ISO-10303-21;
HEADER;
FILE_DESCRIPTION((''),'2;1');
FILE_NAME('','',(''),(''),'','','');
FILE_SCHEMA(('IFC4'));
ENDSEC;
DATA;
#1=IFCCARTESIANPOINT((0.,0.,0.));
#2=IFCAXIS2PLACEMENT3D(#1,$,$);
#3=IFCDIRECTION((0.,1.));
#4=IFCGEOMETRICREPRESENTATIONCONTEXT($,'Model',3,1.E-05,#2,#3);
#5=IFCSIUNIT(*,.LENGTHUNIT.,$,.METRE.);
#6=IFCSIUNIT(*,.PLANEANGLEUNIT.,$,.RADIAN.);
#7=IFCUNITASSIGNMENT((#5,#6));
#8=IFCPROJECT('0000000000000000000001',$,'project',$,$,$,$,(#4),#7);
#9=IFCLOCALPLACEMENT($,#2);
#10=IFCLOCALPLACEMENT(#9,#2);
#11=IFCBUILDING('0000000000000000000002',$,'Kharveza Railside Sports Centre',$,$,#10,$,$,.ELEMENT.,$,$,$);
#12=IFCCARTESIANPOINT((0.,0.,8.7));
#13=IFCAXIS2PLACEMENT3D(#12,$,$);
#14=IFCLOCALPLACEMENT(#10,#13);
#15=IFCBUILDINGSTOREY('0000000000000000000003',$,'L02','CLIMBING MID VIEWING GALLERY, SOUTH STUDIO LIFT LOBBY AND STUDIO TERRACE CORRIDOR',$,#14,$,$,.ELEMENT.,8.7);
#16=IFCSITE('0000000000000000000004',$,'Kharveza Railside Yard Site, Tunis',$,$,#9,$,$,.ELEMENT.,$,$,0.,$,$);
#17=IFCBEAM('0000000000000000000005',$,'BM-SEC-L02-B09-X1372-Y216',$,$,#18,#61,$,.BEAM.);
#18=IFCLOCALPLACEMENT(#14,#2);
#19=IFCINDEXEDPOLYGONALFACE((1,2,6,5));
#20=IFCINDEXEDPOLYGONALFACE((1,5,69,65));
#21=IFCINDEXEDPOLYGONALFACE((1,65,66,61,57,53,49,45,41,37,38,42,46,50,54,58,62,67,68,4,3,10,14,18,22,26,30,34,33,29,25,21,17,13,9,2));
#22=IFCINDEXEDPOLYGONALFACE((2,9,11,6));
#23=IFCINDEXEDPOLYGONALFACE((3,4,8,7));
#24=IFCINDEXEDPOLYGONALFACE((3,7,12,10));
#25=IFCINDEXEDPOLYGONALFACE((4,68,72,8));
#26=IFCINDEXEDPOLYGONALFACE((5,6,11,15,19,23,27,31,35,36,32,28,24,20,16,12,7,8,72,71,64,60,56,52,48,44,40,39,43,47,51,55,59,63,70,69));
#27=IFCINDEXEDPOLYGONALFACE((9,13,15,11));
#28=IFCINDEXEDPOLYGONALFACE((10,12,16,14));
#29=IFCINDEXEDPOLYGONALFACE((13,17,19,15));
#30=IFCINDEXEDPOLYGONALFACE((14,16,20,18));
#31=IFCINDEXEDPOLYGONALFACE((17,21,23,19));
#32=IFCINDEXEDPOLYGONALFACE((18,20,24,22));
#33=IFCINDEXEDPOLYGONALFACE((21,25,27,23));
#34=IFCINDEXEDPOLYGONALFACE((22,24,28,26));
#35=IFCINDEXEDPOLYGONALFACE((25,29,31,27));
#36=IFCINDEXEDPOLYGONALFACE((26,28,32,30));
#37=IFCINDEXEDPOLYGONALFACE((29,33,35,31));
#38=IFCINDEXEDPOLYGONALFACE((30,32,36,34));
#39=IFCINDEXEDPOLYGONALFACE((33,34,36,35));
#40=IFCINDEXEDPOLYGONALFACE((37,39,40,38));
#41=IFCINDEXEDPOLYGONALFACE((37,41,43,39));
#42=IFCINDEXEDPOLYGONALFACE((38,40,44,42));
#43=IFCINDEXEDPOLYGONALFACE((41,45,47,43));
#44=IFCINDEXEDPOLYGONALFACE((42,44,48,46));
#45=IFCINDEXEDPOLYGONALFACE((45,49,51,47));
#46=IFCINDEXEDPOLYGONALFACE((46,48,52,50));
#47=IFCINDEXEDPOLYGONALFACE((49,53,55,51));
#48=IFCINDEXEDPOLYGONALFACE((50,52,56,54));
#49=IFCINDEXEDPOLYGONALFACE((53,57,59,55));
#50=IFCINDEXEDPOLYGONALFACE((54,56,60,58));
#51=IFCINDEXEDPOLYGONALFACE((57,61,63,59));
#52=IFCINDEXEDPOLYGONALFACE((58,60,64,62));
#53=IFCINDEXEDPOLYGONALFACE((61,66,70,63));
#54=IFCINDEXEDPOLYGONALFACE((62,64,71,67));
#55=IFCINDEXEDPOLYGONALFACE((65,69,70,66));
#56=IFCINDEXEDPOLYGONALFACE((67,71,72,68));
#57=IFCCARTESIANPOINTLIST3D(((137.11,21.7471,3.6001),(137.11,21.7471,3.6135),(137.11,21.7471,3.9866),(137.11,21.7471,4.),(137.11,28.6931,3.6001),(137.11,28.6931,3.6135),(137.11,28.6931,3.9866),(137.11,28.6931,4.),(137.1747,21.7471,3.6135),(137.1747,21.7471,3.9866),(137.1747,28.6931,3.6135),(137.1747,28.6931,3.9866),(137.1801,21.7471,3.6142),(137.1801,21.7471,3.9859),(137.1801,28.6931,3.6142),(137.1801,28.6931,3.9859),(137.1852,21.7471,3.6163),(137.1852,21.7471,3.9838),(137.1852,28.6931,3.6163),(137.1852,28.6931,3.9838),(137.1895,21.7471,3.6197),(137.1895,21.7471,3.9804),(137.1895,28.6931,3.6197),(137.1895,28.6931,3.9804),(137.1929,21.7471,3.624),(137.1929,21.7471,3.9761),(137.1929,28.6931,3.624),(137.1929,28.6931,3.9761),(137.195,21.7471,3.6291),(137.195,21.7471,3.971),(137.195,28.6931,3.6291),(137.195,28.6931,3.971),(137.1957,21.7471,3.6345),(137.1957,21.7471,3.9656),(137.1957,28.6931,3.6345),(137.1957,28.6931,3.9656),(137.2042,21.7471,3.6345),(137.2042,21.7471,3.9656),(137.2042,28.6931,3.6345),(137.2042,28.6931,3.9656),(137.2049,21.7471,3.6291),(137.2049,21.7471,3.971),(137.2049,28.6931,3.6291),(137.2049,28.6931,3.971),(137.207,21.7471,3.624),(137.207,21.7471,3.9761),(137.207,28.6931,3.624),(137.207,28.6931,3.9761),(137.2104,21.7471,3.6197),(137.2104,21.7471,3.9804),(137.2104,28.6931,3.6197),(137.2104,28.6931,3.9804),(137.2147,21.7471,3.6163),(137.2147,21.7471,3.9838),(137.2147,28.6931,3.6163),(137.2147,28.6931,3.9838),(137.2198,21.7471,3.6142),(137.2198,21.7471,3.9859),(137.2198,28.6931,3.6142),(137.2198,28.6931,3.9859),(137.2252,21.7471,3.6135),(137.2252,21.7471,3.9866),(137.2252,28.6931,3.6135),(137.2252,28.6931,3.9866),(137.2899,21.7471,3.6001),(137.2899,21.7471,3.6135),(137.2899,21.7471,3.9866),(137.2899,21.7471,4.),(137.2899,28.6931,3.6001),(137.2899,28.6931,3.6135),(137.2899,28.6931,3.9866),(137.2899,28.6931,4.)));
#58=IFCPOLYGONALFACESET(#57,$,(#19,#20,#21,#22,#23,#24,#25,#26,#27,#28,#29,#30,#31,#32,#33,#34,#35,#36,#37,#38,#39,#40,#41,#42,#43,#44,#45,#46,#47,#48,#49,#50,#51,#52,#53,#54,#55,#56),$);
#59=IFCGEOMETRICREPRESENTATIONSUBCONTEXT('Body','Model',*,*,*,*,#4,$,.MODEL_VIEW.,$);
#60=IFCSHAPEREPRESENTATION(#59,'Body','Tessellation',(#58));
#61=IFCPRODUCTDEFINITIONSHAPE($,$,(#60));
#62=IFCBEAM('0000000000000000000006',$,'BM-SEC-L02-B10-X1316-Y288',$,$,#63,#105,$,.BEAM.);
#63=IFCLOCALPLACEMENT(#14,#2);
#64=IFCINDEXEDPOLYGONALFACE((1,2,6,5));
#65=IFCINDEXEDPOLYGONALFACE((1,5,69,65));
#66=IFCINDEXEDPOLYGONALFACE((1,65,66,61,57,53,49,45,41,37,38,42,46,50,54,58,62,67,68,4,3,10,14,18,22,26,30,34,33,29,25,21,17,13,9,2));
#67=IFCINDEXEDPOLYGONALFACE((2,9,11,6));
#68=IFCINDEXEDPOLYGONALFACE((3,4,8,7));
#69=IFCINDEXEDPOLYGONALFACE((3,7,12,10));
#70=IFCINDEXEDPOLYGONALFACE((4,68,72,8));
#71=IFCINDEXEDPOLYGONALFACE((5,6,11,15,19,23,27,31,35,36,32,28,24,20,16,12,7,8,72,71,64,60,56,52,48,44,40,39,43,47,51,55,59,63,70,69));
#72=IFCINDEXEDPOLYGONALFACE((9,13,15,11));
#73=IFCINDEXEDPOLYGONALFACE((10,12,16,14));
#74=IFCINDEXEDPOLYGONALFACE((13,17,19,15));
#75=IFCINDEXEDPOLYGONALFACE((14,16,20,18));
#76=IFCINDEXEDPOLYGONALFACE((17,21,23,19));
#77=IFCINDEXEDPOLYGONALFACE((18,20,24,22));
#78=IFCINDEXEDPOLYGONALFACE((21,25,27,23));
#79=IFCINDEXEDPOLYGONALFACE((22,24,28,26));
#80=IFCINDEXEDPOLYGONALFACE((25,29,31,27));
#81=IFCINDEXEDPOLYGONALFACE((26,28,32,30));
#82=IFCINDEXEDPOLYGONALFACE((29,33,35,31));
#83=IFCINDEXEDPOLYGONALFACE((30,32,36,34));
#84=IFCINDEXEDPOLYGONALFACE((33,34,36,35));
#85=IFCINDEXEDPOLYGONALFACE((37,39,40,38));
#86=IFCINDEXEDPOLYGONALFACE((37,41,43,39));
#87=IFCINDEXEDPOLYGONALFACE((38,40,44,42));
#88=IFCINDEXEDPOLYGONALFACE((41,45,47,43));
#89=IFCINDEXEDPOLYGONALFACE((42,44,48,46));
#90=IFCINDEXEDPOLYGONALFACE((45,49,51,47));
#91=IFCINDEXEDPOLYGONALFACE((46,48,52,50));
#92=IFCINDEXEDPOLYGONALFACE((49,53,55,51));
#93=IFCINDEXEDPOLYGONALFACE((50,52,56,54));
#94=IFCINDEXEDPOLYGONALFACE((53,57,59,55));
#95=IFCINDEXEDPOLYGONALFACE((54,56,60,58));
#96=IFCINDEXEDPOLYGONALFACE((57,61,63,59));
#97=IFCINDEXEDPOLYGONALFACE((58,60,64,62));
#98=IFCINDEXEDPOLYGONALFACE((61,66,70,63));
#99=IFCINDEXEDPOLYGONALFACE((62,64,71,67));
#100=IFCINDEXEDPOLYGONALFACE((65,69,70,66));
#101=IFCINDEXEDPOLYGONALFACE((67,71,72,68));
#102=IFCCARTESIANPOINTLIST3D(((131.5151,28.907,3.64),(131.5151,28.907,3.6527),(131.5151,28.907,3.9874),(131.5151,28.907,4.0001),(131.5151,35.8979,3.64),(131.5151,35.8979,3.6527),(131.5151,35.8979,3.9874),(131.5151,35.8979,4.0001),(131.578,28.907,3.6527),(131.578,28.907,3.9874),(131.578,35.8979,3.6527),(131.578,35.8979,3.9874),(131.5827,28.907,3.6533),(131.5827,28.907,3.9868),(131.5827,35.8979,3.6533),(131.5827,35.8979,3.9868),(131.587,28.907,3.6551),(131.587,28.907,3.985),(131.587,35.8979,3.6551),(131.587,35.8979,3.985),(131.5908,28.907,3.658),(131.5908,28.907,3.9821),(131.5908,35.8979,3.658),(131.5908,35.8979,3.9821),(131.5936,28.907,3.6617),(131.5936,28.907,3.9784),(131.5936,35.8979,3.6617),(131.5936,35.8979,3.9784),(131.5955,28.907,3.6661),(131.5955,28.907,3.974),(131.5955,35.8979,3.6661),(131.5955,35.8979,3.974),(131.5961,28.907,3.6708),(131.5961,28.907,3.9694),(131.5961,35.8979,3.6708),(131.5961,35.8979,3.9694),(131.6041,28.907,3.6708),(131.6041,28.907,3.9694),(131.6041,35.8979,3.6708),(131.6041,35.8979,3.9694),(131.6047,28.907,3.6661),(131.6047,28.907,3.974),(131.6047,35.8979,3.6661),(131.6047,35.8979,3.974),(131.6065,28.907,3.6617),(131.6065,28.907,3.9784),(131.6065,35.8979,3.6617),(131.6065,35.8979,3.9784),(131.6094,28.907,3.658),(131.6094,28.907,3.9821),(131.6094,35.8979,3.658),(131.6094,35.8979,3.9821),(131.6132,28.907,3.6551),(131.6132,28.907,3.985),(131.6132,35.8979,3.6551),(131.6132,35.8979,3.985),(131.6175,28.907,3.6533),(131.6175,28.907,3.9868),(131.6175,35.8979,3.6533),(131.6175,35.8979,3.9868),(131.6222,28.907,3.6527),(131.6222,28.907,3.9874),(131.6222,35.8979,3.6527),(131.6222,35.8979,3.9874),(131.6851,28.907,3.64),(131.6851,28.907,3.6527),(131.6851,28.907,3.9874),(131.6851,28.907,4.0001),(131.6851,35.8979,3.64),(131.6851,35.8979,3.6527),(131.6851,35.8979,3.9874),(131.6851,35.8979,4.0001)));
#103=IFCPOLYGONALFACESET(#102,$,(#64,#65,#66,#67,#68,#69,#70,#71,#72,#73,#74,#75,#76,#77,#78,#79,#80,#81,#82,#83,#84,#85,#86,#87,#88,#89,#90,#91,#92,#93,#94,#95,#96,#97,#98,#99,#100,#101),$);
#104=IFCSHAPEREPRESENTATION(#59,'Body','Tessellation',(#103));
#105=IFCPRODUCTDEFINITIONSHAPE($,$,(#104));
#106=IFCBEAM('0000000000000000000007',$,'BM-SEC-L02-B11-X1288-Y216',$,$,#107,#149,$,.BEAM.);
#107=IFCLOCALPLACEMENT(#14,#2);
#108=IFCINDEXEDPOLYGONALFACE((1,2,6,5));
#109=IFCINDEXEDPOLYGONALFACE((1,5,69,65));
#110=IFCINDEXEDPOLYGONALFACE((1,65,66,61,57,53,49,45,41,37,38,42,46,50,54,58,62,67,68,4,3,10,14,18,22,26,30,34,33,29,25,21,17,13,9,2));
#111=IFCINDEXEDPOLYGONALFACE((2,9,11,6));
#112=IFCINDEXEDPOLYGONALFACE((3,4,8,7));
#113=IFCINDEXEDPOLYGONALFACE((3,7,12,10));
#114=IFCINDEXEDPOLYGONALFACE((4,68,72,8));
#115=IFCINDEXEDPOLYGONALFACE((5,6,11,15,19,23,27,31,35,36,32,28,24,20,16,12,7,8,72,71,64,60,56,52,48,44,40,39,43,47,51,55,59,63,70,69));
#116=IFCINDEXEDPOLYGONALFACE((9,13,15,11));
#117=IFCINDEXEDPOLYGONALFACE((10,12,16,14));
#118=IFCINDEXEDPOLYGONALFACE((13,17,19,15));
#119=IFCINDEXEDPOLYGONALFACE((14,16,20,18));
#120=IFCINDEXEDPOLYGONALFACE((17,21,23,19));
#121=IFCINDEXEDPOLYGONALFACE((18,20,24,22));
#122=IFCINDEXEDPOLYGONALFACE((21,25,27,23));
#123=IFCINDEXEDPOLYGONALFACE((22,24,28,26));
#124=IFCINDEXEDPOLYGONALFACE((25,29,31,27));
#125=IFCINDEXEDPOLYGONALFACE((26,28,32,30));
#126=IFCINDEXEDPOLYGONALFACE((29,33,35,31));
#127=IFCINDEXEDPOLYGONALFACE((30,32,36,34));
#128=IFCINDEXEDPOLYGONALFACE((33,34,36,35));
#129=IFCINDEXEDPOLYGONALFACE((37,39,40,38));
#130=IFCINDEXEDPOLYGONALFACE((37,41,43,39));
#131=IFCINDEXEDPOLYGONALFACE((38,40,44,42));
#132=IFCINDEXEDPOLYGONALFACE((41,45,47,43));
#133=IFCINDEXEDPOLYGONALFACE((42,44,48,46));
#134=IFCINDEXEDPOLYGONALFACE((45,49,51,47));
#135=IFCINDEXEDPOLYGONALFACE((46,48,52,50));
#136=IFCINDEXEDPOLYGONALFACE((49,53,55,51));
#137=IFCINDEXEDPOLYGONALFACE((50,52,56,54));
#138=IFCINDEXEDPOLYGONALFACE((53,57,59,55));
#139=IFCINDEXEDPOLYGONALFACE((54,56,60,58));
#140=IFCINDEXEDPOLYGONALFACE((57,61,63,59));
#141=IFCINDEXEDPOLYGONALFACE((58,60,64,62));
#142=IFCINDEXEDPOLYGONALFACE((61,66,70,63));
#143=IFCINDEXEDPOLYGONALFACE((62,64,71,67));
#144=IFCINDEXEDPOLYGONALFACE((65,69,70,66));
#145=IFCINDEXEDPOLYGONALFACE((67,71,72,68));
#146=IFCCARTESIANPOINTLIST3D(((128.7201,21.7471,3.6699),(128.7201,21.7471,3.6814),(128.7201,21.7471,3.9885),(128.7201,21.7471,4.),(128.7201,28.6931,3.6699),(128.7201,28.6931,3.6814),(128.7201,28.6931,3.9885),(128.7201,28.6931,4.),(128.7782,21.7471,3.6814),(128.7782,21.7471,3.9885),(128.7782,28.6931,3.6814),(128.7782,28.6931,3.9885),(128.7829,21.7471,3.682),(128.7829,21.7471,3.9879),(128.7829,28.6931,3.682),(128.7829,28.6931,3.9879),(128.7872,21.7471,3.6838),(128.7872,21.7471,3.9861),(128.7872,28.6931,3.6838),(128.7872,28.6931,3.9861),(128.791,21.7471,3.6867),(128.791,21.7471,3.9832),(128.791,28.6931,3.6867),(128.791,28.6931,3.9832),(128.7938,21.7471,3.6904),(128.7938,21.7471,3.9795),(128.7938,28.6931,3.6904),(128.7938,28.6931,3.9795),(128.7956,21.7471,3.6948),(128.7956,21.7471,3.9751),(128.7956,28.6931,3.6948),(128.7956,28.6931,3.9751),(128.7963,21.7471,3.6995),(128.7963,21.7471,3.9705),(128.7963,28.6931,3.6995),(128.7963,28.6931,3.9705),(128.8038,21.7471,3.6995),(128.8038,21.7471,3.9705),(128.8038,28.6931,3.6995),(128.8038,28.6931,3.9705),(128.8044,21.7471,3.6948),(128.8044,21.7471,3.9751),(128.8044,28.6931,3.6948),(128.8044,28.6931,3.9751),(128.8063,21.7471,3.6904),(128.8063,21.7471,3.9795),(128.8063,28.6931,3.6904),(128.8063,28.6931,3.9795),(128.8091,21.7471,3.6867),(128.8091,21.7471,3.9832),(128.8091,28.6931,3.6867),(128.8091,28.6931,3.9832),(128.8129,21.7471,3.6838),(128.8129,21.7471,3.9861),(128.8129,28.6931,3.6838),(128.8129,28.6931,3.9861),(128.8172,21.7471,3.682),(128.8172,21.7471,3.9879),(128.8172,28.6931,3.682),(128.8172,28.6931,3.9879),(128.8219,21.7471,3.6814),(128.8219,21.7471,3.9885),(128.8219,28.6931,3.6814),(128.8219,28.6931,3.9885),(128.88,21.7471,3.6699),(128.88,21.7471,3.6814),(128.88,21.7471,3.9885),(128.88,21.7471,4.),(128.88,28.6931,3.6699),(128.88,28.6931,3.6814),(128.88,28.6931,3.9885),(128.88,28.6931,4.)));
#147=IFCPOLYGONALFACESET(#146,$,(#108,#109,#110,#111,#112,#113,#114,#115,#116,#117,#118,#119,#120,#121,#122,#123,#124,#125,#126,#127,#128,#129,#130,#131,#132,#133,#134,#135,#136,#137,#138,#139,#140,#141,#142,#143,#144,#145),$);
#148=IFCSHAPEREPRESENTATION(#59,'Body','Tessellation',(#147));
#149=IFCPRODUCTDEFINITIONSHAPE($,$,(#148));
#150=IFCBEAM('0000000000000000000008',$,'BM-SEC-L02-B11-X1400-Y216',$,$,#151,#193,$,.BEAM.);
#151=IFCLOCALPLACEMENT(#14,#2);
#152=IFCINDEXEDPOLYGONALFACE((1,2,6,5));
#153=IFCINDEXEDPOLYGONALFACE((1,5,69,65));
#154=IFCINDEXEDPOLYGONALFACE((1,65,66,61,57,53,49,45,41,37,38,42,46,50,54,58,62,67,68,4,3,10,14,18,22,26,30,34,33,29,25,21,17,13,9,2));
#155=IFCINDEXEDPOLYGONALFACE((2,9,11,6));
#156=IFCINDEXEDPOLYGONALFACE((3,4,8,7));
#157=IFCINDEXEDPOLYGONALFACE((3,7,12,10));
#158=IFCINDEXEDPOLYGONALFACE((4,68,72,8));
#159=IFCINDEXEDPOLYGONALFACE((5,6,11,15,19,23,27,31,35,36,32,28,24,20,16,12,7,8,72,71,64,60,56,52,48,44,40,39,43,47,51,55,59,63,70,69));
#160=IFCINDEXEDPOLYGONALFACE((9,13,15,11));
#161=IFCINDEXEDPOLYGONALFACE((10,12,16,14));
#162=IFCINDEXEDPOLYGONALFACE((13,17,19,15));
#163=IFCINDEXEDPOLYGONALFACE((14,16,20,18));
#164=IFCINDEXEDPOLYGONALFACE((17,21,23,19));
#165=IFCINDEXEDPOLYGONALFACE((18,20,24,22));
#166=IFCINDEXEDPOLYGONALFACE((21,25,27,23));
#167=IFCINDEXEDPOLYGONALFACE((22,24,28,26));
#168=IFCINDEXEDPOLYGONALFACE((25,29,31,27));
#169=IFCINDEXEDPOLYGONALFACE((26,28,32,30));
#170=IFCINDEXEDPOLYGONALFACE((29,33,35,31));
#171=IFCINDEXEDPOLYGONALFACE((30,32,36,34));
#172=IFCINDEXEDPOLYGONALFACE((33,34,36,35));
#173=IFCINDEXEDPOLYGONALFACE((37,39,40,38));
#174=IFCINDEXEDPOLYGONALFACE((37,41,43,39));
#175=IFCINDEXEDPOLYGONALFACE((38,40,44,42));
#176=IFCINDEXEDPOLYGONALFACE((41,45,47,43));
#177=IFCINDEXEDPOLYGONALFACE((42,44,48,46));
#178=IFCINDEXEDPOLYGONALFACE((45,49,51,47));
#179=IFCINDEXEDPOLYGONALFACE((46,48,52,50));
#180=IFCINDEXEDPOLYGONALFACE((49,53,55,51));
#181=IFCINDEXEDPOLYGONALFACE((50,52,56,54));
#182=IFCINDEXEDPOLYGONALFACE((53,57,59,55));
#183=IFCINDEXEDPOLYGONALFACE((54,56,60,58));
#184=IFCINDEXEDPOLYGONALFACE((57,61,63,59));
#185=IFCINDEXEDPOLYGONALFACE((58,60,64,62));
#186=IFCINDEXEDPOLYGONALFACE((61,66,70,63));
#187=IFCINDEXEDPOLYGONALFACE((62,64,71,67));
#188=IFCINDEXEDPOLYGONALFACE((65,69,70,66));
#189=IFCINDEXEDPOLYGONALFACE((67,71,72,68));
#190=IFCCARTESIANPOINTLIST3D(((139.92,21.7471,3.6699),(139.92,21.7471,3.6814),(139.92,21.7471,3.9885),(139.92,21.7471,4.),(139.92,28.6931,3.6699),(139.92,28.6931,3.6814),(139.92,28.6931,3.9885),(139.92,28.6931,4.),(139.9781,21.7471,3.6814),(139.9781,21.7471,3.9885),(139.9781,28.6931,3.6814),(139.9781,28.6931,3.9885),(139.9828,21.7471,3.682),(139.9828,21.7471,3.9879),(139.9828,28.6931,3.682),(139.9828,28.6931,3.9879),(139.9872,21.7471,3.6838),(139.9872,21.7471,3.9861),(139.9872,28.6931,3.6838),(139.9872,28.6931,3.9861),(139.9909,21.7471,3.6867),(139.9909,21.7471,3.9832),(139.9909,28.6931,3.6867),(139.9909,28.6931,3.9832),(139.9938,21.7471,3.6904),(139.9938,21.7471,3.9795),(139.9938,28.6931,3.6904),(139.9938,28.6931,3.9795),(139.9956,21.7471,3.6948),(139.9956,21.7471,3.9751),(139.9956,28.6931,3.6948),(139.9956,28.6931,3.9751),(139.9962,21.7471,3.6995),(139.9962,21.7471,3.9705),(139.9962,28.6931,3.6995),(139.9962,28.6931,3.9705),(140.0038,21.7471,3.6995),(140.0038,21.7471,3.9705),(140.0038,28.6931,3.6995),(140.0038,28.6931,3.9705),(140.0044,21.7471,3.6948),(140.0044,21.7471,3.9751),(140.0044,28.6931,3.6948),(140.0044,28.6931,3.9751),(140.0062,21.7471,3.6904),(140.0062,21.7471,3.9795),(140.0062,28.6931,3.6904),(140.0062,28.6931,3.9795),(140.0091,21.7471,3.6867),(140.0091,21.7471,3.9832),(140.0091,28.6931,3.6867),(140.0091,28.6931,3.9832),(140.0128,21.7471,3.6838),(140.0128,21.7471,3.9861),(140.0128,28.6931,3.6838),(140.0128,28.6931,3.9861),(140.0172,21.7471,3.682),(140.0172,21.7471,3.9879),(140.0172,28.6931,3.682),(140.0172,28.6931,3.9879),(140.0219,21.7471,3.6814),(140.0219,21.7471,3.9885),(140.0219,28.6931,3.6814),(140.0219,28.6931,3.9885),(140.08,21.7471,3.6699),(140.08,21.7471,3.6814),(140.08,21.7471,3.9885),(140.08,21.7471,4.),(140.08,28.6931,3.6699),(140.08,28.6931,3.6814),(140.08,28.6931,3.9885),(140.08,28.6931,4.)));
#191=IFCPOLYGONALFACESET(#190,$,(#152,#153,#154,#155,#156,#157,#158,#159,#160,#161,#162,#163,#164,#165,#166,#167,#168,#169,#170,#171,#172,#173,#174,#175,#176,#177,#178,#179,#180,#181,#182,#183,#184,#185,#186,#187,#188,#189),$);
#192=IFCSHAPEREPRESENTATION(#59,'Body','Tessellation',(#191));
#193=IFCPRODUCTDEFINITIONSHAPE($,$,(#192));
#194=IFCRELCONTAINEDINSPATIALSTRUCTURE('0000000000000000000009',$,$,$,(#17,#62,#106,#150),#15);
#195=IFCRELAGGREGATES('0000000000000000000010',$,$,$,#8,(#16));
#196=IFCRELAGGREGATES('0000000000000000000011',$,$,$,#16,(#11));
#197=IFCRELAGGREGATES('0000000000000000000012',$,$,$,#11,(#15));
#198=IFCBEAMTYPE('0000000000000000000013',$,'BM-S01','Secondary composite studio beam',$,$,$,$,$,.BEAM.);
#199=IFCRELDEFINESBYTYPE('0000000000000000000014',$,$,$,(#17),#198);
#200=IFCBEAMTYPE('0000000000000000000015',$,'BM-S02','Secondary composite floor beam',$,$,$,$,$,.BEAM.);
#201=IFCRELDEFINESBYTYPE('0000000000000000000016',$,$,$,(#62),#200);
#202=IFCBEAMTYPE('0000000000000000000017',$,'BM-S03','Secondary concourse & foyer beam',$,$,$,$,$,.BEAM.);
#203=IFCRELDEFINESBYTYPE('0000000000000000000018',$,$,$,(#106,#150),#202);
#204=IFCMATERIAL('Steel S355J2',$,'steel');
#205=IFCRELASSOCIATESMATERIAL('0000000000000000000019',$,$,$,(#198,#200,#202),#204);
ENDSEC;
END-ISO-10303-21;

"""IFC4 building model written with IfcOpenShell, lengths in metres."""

from ifc_helpers import new_model, si_unit, direction, frame, origin, origin_2d, place, context, subcontext, project, spatial, i_section, extrude, material, material_profile, profile_set, type_object, element, save


model = new_model("IFC4")

# Units and contexts
model_context = context("Model", 3, precision=1e-05, world=origin(), true_north=direction((0.0, 1.0)))
body_context = subcontext(model_context, "Body", "Model", "MODEL_VIEW")
ifc_project = project(units=[si_unit("LENGTHUNIT", "METRE"), si_unit("PLANEANGLEUNIT", "RADIAN")], contexts=[model_context])

# Site, building, storey
site_placement = place(None, origin())
site = spatial("IfcSite", under=ifc_project, at=site_placement, Name="Kharveza Railside Yard Site, Tunis", CompositionType="ELEMENT", RefElevation=0.0)
building_placement = place(site_placement, origin())
building = spatial("IfcBuilding", under=site, at=building_placement, Name="Kharveza Railside Sports Centre", CompositionType="ELEMENT")
storey_placement = place(building_placement, frame((0.0, 0.0, 8.7)))
storey = spatial("IfcBuildingStorey", under=building, at=storey_placement, Name="L02", Description="CLIMBING MID VIEWING GALLERY, SOUTH STUDIO LIFT LOBBY AND STUDIO TERRACE CORRIDOR", CompositionType="ELEMENT", Elevation=8.7)

# Shared definitions
ifc_material_1 = material(Name="Steel S355J2", Category="steel")

# Beams
ifc_material_profile_1 = material_profile(ifc_material_1, i_section(OverallWidth=0.1799, OverallDepth=0.3999, WebThickness=0.0085, FlangeThickness=0.0134, FilletRadius=0.021, at=origin_2d()), Name="IPE 400")
ifc_profile_set_1 = profile_set([ifc_material_profile_1], Name="Steel S355J2")
beam_type_1 = type_object("IfcBeamType", Name="BM-S01", Description="Secondary composite studio beam", PredefinedType="BEAM", material=ifc_profile_set_1)
beam_1_placement = place(storey_placement, frame((137.2, 21.7471, 3.8), z_axis=(0.0, 1.0, 0.0), x_axis=(-1.0, 0.0, 0.0)))
element("IfcBeam", 1, at=beam_1_placement, inside=storey, type_object=beam_type_1, Name="BM-SEC-L02-B09-X1372-Y216", PredefinedType="BEAM", context=body_context, shape_type="SweptSolid", body=[
    extrude(i_section(OverallWidth=0.1799, OverallDepth=0.3999, WebThickness=0.0085, FlangeThickness=0.0134, FilletRadius=0.021, at=origin_2d()), origin(), (0.0, 0.0, 1.0), 6.946),
])
ifc_material_profile_2 = material_profile(ifc_material_1, i_section(OverallWidth=0.1699, OverallDepth=0.3601, WebThickness=0.0081, FlangeThickness=0.0127, FilletRadius=0.0181, at=origin_2d()), Name="IPE 360")
ifc_profile_set_2 = profile_set([ifc_material_profile_2], Name="Steel S355J2")
beam_type_2 = type_object("IfcBeamType", Name="BM-S02", Description="Secondary composite floor beam", PredefinedType="BEAM", material=ifc_profile_set_2)
beam_2_placement = place(storey_placement, frame((131.6001, 28.907, 3.8201), z_axis=(0.0, 1.0, 0.0), x_axis=(-1.0, 0.0, 0.0)))
element("IfcBeam", 2, at=beam_2_placement, inside=storey, type_object=beam_type_2, Name="BM-SEC-L02-B10-X1316-Y288", PredefinedType="BEAM", context=body_context, shape_type="SweptSolid", body=[
    extrude(i_section(OverallWidth=0.1699, OverallDepth=0.3601, WebThickness=0.0081, FlangeThickness=0.0127, FilletRadius=0.0181, at=origin_2d()), origin(), (0.0, 0.0, 1.0), 6.991),
])
ifc_material_profile_3 = material_profile(ifc_material_1, i_section(OverallWidth=0.1599, OverallDepth=0.3301, WebThickness=0.0076, FlangeThickness=0.0115, FilletRadius=0.0181, at=origin_2d()), Name="IPE 330")
ifc_profile_set_3 = profile_set([ifc_material_profile_3], Name="Steel S355J2")
beam_type_3 = type_object("IfcBeamType", Name="BM-S03", Description="Secondary concourse & foyer beam", PredefinedType="BEAM", material=ifc_profile_set_3)
for number, where, z_axis, x_axis, name in (
    (3, (128.8, 21.7471, 3.835), (0.0, 1.0, 0.0), (-1.0, 0.0, 0.0), "BM-SEC-L02-B11-X1288-Y216"),
    (4, (140.0, 21.7471, 3.835), (0.0, 1.0, 0.0), (-1.0, 0.0, 0.0), "BM-SEC-L02-B11-X1400-Y216"),
):
    element("IfcBeam", number, at=place(storey_placement, frame(where, z_axis=z_axis, x_axis=x_axis)), inside=storey, type_object=beam_type_3, Name=name, PredefinedType="BEAM", context=body_context, shape_type="SweptSolid", body=[
        extrude(i_section(OverallWidth=0.1599, OverallDepth=0.3301, WebThickness=0.0076, FlangeThickness=0.0115, FilletRadius=0.0181, at=origin_2d()), origin(), (0.0, 0.0, 1.0), 6.946),
    ])

save(model, "model.ifc")
